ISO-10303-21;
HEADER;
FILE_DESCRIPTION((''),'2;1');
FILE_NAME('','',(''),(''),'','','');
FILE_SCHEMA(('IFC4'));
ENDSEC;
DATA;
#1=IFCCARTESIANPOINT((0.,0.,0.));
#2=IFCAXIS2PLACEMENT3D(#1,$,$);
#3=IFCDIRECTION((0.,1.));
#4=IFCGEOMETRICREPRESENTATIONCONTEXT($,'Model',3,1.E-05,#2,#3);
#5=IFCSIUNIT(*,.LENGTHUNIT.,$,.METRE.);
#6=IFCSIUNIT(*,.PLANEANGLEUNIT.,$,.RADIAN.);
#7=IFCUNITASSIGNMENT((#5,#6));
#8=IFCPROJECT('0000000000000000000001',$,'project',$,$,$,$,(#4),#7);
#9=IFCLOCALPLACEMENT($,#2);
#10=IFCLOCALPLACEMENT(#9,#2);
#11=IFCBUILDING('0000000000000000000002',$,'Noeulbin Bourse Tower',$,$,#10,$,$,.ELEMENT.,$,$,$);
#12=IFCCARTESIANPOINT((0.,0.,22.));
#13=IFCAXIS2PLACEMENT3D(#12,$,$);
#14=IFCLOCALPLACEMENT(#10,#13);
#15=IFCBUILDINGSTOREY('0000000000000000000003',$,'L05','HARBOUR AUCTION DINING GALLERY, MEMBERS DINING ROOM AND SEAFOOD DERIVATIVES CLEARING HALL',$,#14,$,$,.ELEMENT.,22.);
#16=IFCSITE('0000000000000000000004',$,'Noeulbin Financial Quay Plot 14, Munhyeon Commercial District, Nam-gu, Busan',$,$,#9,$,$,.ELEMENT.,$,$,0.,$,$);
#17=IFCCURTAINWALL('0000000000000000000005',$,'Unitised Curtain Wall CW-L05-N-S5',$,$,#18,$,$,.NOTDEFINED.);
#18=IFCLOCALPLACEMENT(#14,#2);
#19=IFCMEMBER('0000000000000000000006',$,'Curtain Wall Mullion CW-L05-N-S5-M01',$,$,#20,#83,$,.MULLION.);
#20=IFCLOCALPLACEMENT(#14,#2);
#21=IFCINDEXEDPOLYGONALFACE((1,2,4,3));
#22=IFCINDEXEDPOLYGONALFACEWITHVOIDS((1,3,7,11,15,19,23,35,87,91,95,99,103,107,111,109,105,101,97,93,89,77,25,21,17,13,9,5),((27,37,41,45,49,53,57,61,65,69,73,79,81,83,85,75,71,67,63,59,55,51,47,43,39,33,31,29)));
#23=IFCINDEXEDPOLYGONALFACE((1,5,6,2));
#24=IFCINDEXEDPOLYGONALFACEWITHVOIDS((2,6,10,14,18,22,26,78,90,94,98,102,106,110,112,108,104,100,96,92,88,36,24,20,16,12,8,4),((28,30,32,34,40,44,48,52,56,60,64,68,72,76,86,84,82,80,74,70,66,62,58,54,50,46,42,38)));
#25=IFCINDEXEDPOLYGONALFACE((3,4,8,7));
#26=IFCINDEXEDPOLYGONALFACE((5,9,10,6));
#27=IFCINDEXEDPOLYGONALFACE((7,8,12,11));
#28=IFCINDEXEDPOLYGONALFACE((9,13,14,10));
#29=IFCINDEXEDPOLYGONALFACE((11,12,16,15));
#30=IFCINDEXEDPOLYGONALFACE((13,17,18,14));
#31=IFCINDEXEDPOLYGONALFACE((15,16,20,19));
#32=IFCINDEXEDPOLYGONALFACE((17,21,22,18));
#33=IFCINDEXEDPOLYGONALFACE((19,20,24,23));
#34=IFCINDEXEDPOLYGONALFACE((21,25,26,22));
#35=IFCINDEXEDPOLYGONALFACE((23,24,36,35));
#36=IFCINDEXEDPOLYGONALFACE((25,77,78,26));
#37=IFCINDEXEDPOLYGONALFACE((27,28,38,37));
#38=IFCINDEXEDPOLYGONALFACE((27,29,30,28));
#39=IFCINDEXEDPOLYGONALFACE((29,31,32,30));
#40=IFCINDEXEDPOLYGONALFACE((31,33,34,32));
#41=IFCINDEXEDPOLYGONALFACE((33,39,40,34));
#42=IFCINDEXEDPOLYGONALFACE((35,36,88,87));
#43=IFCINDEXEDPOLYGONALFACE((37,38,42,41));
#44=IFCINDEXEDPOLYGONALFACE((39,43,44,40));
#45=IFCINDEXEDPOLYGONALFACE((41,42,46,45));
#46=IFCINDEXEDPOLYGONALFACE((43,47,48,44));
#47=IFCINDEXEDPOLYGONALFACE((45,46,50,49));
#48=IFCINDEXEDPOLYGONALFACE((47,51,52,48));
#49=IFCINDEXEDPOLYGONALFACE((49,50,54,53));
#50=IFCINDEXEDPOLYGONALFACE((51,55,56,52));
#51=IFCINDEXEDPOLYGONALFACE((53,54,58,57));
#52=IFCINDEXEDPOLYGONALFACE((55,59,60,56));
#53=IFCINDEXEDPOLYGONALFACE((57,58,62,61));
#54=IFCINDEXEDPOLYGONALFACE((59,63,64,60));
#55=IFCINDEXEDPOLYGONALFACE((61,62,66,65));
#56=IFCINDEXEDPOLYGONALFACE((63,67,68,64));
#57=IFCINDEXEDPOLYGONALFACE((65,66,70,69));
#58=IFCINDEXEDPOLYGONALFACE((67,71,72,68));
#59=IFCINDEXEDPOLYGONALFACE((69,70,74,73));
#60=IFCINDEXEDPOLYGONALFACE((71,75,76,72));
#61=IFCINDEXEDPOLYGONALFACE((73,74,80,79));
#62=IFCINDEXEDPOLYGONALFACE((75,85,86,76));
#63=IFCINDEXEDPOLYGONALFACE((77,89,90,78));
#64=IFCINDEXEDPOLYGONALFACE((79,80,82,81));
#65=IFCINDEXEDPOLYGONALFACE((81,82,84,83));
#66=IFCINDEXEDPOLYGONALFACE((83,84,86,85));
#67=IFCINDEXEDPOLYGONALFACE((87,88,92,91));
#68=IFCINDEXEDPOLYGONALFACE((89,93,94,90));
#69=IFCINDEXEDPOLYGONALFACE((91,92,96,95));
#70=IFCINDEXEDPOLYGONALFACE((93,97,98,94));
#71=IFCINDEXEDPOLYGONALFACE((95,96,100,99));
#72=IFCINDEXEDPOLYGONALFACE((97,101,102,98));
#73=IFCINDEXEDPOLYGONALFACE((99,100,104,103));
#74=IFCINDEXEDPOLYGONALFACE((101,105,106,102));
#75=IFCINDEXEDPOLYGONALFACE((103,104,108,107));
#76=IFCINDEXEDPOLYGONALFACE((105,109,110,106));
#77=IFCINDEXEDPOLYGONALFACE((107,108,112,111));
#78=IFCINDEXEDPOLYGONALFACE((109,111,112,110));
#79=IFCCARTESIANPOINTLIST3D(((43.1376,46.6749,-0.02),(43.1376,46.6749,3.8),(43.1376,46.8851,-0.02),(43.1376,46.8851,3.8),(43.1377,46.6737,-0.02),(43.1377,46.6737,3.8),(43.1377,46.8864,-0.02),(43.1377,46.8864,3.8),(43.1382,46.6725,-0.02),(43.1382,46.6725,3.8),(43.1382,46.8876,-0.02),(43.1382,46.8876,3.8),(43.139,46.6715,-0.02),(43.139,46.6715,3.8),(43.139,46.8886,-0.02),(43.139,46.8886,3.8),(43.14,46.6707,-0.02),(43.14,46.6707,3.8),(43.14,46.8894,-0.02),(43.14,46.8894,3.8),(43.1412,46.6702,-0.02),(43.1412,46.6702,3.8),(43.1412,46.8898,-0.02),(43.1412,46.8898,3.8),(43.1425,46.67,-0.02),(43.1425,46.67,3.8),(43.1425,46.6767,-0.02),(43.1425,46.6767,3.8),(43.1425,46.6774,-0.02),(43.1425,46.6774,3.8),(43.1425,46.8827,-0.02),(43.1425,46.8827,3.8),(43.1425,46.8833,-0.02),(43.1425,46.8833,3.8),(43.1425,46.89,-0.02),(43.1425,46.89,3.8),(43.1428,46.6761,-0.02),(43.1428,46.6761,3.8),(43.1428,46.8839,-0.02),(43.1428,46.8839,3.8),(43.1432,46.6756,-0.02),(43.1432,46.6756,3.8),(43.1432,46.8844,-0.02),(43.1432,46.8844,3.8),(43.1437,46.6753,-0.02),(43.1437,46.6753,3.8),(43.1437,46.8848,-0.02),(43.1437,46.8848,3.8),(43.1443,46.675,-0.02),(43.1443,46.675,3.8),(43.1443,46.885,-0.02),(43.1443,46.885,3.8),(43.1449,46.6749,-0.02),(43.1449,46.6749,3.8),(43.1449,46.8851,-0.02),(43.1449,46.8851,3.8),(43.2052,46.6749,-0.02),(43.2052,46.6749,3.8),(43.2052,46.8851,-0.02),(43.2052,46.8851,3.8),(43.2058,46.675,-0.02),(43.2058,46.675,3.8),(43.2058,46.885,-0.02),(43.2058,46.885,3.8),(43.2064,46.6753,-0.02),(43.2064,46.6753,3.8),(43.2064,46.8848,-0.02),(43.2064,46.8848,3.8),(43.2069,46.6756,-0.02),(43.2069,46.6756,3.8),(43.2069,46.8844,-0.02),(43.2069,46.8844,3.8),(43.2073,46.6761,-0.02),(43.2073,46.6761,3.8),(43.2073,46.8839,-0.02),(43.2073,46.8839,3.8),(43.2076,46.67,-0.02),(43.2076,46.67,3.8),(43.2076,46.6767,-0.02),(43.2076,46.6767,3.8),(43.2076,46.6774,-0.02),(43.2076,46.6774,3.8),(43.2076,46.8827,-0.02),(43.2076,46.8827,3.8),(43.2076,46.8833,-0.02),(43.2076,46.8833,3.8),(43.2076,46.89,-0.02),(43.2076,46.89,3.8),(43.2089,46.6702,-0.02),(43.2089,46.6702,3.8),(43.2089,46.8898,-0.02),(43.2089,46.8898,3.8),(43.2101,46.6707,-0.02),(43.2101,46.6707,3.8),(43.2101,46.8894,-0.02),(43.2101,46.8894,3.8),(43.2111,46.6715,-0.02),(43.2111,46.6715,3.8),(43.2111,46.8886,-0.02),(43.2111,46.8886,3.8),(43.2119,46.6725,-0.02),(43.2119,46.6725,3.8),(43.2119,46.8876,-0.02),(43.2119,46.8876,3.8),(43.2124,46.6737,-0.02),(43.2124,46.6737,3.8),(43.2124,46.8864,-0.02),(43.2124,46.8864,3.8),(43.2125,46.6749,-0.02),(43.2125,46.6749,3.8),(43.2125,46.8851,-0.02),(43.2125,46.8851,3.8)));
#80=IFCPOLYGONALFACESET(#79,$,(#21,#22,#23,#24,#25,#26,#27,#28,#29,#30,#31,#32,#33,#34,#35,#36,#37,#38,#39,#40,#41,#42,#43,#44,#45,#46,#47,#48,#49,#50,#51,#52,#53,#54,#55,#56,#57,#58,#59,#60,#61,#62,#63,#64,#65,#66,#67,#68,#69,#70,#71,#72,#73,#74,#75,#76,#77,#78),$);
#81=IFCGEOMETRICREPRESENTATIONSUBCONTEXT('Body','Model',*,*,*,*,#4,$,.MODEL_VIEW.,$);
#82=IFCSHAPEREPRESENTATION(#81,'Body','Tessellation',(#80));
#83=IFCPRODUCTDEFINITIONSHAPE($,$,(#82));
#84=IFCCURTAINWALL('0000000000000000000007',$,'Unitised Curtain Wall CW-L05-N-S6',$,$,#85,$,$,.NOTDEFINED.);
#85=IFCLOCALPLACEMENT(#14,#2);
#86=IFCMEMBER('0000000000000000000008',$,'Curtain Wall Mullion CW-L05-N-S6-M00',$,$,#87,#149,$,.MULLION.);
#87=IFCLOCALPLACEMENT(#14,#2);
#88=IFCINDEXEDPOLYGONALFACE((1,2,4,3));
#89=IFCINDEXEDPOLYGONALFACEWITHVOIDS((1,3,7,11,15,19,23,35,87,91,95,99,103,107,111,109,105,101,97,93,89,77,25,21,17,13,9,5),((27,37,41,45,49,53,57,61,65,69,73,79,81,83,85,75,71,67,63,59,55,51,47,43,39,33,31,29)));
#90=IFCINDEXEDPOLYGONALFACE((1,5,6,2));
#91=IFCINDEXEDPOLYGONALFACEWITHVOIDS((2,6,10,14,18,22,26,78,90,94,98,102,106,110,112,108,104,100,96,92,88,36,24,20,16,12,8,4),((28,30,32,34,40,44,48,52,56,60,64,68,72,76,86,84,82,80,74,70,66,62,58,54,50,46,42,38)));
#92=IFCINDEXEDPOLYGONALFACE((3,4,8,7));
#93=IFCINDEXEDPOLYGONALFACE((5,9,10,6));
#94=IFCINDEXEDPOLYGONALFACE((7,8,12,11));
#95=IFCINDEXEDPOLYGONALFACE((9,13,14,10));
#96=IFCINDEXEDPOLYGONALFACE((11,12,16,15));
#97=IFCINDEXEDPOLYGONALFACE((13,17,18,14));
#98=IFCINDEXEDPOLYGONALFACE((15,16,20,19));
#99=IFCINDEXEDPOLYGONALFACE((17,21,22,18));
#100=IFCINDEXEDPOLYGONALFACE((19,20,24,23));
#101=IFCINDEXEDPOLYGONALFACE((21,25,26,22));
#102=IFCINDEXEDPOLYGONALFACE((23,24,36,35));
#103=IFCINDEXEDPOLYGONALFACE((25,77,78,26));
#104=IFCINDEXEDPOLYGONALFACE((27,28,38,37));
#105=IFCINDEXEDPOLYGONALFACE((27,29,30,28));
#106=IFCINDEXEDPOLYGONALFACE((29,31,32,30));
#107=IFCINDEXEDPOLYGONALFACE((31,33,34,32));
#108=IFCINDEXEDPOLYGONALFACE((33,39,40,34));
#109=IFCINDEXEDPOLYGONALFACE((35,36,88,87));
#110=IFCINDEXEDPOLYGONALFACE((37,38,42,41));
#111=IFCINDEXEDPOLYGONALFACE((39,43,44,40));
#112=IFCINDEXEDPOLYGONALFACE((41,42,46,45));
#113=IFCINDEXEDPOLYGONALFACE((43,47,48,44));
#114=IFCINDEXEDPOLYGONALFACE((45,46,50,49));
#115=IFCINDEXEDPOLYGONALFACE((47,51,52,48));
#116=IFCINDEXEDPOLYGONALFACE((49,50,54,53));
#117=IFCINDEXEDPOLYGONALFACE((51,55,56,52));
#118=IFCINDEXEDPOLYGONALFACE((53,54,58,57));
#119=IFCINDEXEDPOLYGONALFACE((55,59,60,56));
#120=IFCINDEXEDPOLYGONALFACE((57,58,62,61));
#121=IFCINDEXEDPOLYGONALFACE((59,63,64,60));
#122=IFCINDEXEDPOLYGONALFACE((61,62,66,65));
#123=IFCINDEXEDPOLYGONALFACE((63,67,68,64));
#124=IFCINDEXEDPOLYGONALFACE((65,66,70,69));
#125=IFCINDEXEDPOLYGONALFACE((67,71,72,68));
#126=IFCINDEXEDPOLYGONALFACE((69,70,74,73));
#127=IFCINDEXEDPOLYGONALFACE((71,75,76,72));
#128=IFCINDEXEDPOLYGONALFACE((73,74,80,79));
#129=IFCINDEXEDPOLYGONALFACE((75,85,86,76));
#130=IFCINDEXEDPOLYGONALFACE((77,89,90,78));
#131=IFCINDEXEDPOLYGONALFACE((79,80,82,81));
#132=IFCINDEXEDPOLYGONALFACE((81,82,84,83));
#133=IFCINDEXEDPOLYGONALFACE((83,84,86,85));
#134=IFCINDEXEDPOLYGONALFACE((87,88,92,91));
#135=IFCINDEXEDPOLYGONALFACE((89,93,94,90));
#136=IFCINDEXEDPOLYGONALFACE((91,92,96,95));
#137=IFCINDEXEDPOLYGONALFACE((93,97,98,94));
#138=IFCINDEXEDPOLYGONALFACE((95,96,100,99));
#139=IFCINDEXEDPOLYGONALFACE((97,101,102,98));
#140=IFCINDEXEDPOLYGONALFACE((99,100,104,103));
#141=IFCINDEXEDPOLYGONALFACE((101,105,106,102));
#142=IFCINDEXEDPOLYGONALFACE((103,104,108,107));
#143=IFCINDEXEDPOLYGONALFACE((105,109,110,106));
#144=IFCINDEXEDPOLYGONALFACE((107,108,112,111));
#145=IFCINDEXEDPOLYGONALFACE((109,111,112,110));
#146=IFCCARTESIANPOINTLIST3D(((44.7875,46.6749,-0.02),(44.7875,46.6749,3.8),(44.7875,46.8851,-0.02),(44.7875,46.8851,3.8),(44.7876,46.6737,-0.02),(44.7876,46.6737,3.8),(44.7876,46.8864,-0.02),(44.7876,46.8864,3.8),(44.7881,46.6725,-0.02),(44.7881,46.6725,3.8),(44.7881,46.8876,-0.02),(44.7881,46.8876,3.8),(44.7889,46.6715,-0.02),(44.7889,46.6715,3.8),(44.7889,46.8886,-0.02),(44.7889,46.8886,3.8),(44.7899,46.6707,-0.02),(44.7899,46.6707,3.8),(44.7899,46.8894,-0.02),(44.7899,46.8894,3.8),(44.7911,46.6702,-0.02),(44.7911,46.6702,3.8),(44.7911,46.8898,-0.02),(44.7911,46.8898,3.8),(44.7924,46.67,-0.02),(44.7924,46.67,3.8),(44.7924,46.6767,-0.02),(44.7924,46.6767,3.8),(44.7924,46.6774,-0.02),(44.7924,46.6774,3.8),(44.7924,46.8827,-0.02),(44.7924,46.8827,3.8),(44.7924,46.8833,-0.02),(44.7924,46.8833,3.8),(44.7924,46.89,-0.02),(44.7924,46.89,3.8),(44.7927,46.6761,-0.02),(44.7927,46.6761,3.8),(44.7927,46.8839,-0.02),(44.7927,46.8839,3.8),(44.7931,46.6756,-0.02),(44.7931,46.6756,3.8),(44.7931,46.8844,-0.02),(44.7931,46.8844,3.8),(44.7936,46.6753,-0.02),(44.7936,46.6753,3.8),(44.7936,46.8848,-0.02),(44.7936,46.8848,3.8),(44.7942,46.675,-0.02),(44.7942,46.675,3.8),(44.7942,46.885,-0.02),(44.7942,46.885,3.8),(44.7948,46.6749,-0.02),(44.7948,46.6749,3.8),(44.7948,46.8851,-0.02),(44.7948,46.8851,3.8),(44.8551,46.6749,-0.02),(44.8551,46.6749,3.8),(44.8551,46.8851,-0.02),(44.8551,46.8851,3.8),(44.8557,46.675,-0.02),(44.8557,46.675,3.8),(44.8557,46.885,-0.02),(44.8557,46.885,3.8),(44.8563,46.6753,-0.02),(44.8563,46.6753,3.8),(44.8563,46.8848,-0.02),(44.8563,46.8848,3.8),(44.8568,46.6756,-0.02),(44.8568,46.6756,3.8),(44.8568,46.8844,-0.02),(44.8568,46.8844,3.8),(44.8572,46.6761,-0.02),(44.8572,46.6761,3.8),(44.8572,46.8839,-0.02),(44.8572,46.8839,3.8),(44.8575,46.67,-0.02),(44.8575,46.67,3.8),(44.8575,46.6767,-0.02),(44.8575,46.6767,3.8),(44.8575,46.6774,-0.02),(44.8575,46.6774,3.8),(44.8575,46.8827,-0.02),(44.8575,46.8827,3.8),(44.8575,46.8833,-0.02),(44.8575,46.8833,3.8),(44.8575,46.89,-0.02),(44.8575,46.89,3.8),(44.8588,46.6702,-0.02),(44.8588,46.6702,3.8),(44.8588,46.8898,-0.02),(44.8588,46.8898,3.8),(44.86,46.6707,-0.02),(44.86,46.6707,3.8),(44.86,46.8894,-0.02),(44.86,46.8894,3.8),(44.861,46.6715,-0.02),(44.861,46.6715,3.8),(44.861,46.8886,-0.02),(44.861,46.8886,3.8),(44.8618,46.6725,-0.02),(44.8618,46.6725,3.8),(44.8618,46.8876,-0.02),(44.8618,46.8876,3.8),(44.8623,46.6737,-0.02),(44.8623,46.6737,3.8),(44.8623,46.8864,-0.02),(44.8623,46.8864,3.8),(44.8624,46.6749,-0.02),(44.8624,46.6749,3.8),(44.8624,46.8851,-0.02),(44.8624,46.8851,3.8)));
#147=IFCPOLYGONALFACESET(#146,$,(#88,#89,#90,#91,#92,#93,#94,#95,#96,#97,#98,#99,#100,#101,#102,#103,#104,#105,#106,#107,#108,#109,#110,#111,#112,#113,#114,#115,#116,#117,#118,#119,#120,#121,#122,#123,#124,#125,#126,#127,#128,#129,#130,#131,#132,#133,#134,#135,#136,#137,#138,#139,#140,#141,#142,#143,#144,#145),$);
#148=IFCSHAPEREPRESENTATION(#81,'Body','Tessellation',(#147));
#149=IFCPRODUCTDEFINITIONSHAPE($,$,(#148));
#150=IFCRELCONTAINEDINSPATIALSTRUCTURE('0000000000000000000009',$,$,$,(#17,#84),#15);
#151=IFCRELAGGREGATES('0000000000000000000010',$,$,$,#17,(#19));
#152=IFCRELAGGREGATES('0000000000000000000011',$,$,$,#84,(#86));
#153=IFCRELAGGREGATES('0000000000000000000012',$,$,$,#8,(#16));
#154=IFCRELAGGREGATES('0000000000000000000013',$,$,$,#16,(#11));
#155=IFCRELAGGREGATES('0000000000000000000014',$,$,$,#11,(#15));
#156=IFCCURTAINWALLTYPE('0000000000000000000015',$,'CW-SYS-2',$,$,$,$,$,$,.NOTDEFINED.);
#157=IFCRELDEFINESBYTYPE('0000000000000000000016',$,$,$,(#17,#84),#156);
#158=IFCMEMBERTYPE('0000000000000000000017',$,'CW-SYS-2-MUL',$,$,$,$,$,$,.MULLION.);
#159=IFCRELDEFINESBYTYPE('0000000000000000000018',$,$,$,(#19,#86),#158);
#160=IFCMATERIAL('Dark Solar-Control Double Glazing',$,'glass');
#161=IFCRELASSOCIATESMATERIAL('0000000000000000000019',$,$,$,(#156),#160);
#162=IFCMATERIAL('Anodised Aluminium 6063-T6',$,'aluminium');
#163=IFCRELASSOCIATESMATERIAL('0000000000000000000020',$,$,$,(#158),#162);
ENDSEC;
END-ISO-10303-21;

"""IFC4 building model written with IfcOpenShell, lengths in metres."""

from ifc_helpers import new_model, si_unit, direction, frame, origin, origin_2d, place, context, subcontext, project, spatial, hollow_rectangle, extrude, material, material_profile, profile_set, type_object, element, aggregate, save


model = new_model("IFC4")

# Units and contexts
model_context = context("Model", 3, precision=1e-05, world=origin(), true_north=direction((0.0, 1.0)))
body_context = subcontext(model_context, "Body", "Model", "MODEL_VIEW")
ifc_project = project(units=[si_unit("LENGTHUNIT", "METRE"), si_unit("PLANEANGLEUNIT", "RADIAN")], contexts=[model_context])

# Site, building, storey
site_placement = place(None, origin())
site = spatial("IfcSite", under=ifc_project, at=site_placement, Name="Noeulbin Financial Quay Plot 14, Munhyeon Commercial District, Nam-gu, Busan", CompositionType="ELEMENT", RefElevation=0.0)
building_placement = place(site_placement, origin())
building = spatial("IfcBuilding", under=site, at=building_placement, Name="Noeulbin Bourse Tower", CompositionType="ELEMENT")
storey_placement = place(building_placement, frame((0.0, 0.0, 22.0)))
storey = spatial("IfcBuildingStorey", under=building, at=storey_placement, Name="L05", Description="HARBOUR AUCTION DINING GALLERY, MEMBERS DINING ROOM AND SEAFOOD DERIVATIVES CLEARING HALL", CompositionType="ELEMENT", Elevation=22.0)

# Shared definitions
ifc_material_1 = material(Name="Dark Solar-Control Double Glazing", Category="glass")
curtain_wall_type = type_object("IfcCurtainWallType", Name="CW-SYS-2", PredefinedType="NOTDEFINED", material=ifc_material_1)
ifc_material_2 = material(Name="Anodised Aluminium 6063-T6", Category="aluminium")
ifc_material_profile_1 = material_profile(ifc_material_2, hollow_rectangle(XDim=0.075, YDim=0.22, WallThickness=0.0049, InnerFilletRadius=0.0024, OuterFilletRadius=0.0049, at=origin_2d()), Name="ALU-MULL-75x220x5", Category="LoadBearing")
ifc_profile_set_1 = profile_set([ifc_material_profile_1], Name="Anodised Aluminium 6063-T6")
member_type_1 = type_object("IfcMemberType", Name="CW-SYS-2-MUL", PredefinedType="MULLION", material=ifc_profile_set_1)

# Curtain wall, member
curtain_wall_1_placement = place(storey_placement, origin())
curtain_wall_1 = element("IfcCurtainWall", 1, at=curtain_wall_1_placement, inside=storey, type_object=curtain_wall_type, Name="Unitised Curtain Wall CW-L05-N-S5", PredefinedType="NOTDEFINED")
member_1_placement = place(storey_placement, frame((43.175, 46.78, -0.02), z_axis=(0.0, 0.0, 1.0), x_axis=(1.0, 0.0, 0.0)))
member_1 = element("IfcMember", 2, at=member_1_placement, type_object=member_type_1, Name="Curtain Wall Mullion CW-L05-N-S5-M01", PredefinedType="MULLION", context=body_context, shape_type="SweptSolid", body=[
    extrude(hollow_rectangle(XDim=0.075, YDim=0.22, WallThickness=0.0049, InnerFilletRadius=0.0024, OuterFilletRadius=0.0049, at=origin_2d()), origin(), (0.0, 0.0, 1.0), 3.8201),
])

# Curtain wall, member
curtain_wall_2_placement = place(storey_placement, origin())
curtain_wall_2 = element("IfcCurtainWall", 3, at=curtain_wall_2_placement, inside=storey, type_object=curtain_wall_type, Name="Unitised Curtain Wall CW-L05-N-S6", PredefinedType="NOTDEFINED")
member_2_placement = place(storey_placement, frame((44.825, 46.78, -0.02), z_axis=(0.0, 0.0, 1.0), x_axis=(1.0, 0.0, 0.0)))
member_2 = element("IfcMember", 4, at=member_2_placement, type_object=member_type_1, Name="Curtain Wall Mullion CW-L05-N-S6-M00", PredefinedType="MULLION", context=body_context, shape_type="SweptSolid", body=[
    extrude(hollow_rectangle(XDim=0.075, YDim=0.22, WallThickness=0.0049, InnerFilletRadius=0.0024, OuterFilletRadius=0.0049, at=origin_2d()), origin(), (0.0, 0.0, 1.0), 3.8201),
])

aggregate(curtain_wall_1, [member_1])
aggregate(curtain_wall_2, [member_2])

save(model, "model.ifc")
